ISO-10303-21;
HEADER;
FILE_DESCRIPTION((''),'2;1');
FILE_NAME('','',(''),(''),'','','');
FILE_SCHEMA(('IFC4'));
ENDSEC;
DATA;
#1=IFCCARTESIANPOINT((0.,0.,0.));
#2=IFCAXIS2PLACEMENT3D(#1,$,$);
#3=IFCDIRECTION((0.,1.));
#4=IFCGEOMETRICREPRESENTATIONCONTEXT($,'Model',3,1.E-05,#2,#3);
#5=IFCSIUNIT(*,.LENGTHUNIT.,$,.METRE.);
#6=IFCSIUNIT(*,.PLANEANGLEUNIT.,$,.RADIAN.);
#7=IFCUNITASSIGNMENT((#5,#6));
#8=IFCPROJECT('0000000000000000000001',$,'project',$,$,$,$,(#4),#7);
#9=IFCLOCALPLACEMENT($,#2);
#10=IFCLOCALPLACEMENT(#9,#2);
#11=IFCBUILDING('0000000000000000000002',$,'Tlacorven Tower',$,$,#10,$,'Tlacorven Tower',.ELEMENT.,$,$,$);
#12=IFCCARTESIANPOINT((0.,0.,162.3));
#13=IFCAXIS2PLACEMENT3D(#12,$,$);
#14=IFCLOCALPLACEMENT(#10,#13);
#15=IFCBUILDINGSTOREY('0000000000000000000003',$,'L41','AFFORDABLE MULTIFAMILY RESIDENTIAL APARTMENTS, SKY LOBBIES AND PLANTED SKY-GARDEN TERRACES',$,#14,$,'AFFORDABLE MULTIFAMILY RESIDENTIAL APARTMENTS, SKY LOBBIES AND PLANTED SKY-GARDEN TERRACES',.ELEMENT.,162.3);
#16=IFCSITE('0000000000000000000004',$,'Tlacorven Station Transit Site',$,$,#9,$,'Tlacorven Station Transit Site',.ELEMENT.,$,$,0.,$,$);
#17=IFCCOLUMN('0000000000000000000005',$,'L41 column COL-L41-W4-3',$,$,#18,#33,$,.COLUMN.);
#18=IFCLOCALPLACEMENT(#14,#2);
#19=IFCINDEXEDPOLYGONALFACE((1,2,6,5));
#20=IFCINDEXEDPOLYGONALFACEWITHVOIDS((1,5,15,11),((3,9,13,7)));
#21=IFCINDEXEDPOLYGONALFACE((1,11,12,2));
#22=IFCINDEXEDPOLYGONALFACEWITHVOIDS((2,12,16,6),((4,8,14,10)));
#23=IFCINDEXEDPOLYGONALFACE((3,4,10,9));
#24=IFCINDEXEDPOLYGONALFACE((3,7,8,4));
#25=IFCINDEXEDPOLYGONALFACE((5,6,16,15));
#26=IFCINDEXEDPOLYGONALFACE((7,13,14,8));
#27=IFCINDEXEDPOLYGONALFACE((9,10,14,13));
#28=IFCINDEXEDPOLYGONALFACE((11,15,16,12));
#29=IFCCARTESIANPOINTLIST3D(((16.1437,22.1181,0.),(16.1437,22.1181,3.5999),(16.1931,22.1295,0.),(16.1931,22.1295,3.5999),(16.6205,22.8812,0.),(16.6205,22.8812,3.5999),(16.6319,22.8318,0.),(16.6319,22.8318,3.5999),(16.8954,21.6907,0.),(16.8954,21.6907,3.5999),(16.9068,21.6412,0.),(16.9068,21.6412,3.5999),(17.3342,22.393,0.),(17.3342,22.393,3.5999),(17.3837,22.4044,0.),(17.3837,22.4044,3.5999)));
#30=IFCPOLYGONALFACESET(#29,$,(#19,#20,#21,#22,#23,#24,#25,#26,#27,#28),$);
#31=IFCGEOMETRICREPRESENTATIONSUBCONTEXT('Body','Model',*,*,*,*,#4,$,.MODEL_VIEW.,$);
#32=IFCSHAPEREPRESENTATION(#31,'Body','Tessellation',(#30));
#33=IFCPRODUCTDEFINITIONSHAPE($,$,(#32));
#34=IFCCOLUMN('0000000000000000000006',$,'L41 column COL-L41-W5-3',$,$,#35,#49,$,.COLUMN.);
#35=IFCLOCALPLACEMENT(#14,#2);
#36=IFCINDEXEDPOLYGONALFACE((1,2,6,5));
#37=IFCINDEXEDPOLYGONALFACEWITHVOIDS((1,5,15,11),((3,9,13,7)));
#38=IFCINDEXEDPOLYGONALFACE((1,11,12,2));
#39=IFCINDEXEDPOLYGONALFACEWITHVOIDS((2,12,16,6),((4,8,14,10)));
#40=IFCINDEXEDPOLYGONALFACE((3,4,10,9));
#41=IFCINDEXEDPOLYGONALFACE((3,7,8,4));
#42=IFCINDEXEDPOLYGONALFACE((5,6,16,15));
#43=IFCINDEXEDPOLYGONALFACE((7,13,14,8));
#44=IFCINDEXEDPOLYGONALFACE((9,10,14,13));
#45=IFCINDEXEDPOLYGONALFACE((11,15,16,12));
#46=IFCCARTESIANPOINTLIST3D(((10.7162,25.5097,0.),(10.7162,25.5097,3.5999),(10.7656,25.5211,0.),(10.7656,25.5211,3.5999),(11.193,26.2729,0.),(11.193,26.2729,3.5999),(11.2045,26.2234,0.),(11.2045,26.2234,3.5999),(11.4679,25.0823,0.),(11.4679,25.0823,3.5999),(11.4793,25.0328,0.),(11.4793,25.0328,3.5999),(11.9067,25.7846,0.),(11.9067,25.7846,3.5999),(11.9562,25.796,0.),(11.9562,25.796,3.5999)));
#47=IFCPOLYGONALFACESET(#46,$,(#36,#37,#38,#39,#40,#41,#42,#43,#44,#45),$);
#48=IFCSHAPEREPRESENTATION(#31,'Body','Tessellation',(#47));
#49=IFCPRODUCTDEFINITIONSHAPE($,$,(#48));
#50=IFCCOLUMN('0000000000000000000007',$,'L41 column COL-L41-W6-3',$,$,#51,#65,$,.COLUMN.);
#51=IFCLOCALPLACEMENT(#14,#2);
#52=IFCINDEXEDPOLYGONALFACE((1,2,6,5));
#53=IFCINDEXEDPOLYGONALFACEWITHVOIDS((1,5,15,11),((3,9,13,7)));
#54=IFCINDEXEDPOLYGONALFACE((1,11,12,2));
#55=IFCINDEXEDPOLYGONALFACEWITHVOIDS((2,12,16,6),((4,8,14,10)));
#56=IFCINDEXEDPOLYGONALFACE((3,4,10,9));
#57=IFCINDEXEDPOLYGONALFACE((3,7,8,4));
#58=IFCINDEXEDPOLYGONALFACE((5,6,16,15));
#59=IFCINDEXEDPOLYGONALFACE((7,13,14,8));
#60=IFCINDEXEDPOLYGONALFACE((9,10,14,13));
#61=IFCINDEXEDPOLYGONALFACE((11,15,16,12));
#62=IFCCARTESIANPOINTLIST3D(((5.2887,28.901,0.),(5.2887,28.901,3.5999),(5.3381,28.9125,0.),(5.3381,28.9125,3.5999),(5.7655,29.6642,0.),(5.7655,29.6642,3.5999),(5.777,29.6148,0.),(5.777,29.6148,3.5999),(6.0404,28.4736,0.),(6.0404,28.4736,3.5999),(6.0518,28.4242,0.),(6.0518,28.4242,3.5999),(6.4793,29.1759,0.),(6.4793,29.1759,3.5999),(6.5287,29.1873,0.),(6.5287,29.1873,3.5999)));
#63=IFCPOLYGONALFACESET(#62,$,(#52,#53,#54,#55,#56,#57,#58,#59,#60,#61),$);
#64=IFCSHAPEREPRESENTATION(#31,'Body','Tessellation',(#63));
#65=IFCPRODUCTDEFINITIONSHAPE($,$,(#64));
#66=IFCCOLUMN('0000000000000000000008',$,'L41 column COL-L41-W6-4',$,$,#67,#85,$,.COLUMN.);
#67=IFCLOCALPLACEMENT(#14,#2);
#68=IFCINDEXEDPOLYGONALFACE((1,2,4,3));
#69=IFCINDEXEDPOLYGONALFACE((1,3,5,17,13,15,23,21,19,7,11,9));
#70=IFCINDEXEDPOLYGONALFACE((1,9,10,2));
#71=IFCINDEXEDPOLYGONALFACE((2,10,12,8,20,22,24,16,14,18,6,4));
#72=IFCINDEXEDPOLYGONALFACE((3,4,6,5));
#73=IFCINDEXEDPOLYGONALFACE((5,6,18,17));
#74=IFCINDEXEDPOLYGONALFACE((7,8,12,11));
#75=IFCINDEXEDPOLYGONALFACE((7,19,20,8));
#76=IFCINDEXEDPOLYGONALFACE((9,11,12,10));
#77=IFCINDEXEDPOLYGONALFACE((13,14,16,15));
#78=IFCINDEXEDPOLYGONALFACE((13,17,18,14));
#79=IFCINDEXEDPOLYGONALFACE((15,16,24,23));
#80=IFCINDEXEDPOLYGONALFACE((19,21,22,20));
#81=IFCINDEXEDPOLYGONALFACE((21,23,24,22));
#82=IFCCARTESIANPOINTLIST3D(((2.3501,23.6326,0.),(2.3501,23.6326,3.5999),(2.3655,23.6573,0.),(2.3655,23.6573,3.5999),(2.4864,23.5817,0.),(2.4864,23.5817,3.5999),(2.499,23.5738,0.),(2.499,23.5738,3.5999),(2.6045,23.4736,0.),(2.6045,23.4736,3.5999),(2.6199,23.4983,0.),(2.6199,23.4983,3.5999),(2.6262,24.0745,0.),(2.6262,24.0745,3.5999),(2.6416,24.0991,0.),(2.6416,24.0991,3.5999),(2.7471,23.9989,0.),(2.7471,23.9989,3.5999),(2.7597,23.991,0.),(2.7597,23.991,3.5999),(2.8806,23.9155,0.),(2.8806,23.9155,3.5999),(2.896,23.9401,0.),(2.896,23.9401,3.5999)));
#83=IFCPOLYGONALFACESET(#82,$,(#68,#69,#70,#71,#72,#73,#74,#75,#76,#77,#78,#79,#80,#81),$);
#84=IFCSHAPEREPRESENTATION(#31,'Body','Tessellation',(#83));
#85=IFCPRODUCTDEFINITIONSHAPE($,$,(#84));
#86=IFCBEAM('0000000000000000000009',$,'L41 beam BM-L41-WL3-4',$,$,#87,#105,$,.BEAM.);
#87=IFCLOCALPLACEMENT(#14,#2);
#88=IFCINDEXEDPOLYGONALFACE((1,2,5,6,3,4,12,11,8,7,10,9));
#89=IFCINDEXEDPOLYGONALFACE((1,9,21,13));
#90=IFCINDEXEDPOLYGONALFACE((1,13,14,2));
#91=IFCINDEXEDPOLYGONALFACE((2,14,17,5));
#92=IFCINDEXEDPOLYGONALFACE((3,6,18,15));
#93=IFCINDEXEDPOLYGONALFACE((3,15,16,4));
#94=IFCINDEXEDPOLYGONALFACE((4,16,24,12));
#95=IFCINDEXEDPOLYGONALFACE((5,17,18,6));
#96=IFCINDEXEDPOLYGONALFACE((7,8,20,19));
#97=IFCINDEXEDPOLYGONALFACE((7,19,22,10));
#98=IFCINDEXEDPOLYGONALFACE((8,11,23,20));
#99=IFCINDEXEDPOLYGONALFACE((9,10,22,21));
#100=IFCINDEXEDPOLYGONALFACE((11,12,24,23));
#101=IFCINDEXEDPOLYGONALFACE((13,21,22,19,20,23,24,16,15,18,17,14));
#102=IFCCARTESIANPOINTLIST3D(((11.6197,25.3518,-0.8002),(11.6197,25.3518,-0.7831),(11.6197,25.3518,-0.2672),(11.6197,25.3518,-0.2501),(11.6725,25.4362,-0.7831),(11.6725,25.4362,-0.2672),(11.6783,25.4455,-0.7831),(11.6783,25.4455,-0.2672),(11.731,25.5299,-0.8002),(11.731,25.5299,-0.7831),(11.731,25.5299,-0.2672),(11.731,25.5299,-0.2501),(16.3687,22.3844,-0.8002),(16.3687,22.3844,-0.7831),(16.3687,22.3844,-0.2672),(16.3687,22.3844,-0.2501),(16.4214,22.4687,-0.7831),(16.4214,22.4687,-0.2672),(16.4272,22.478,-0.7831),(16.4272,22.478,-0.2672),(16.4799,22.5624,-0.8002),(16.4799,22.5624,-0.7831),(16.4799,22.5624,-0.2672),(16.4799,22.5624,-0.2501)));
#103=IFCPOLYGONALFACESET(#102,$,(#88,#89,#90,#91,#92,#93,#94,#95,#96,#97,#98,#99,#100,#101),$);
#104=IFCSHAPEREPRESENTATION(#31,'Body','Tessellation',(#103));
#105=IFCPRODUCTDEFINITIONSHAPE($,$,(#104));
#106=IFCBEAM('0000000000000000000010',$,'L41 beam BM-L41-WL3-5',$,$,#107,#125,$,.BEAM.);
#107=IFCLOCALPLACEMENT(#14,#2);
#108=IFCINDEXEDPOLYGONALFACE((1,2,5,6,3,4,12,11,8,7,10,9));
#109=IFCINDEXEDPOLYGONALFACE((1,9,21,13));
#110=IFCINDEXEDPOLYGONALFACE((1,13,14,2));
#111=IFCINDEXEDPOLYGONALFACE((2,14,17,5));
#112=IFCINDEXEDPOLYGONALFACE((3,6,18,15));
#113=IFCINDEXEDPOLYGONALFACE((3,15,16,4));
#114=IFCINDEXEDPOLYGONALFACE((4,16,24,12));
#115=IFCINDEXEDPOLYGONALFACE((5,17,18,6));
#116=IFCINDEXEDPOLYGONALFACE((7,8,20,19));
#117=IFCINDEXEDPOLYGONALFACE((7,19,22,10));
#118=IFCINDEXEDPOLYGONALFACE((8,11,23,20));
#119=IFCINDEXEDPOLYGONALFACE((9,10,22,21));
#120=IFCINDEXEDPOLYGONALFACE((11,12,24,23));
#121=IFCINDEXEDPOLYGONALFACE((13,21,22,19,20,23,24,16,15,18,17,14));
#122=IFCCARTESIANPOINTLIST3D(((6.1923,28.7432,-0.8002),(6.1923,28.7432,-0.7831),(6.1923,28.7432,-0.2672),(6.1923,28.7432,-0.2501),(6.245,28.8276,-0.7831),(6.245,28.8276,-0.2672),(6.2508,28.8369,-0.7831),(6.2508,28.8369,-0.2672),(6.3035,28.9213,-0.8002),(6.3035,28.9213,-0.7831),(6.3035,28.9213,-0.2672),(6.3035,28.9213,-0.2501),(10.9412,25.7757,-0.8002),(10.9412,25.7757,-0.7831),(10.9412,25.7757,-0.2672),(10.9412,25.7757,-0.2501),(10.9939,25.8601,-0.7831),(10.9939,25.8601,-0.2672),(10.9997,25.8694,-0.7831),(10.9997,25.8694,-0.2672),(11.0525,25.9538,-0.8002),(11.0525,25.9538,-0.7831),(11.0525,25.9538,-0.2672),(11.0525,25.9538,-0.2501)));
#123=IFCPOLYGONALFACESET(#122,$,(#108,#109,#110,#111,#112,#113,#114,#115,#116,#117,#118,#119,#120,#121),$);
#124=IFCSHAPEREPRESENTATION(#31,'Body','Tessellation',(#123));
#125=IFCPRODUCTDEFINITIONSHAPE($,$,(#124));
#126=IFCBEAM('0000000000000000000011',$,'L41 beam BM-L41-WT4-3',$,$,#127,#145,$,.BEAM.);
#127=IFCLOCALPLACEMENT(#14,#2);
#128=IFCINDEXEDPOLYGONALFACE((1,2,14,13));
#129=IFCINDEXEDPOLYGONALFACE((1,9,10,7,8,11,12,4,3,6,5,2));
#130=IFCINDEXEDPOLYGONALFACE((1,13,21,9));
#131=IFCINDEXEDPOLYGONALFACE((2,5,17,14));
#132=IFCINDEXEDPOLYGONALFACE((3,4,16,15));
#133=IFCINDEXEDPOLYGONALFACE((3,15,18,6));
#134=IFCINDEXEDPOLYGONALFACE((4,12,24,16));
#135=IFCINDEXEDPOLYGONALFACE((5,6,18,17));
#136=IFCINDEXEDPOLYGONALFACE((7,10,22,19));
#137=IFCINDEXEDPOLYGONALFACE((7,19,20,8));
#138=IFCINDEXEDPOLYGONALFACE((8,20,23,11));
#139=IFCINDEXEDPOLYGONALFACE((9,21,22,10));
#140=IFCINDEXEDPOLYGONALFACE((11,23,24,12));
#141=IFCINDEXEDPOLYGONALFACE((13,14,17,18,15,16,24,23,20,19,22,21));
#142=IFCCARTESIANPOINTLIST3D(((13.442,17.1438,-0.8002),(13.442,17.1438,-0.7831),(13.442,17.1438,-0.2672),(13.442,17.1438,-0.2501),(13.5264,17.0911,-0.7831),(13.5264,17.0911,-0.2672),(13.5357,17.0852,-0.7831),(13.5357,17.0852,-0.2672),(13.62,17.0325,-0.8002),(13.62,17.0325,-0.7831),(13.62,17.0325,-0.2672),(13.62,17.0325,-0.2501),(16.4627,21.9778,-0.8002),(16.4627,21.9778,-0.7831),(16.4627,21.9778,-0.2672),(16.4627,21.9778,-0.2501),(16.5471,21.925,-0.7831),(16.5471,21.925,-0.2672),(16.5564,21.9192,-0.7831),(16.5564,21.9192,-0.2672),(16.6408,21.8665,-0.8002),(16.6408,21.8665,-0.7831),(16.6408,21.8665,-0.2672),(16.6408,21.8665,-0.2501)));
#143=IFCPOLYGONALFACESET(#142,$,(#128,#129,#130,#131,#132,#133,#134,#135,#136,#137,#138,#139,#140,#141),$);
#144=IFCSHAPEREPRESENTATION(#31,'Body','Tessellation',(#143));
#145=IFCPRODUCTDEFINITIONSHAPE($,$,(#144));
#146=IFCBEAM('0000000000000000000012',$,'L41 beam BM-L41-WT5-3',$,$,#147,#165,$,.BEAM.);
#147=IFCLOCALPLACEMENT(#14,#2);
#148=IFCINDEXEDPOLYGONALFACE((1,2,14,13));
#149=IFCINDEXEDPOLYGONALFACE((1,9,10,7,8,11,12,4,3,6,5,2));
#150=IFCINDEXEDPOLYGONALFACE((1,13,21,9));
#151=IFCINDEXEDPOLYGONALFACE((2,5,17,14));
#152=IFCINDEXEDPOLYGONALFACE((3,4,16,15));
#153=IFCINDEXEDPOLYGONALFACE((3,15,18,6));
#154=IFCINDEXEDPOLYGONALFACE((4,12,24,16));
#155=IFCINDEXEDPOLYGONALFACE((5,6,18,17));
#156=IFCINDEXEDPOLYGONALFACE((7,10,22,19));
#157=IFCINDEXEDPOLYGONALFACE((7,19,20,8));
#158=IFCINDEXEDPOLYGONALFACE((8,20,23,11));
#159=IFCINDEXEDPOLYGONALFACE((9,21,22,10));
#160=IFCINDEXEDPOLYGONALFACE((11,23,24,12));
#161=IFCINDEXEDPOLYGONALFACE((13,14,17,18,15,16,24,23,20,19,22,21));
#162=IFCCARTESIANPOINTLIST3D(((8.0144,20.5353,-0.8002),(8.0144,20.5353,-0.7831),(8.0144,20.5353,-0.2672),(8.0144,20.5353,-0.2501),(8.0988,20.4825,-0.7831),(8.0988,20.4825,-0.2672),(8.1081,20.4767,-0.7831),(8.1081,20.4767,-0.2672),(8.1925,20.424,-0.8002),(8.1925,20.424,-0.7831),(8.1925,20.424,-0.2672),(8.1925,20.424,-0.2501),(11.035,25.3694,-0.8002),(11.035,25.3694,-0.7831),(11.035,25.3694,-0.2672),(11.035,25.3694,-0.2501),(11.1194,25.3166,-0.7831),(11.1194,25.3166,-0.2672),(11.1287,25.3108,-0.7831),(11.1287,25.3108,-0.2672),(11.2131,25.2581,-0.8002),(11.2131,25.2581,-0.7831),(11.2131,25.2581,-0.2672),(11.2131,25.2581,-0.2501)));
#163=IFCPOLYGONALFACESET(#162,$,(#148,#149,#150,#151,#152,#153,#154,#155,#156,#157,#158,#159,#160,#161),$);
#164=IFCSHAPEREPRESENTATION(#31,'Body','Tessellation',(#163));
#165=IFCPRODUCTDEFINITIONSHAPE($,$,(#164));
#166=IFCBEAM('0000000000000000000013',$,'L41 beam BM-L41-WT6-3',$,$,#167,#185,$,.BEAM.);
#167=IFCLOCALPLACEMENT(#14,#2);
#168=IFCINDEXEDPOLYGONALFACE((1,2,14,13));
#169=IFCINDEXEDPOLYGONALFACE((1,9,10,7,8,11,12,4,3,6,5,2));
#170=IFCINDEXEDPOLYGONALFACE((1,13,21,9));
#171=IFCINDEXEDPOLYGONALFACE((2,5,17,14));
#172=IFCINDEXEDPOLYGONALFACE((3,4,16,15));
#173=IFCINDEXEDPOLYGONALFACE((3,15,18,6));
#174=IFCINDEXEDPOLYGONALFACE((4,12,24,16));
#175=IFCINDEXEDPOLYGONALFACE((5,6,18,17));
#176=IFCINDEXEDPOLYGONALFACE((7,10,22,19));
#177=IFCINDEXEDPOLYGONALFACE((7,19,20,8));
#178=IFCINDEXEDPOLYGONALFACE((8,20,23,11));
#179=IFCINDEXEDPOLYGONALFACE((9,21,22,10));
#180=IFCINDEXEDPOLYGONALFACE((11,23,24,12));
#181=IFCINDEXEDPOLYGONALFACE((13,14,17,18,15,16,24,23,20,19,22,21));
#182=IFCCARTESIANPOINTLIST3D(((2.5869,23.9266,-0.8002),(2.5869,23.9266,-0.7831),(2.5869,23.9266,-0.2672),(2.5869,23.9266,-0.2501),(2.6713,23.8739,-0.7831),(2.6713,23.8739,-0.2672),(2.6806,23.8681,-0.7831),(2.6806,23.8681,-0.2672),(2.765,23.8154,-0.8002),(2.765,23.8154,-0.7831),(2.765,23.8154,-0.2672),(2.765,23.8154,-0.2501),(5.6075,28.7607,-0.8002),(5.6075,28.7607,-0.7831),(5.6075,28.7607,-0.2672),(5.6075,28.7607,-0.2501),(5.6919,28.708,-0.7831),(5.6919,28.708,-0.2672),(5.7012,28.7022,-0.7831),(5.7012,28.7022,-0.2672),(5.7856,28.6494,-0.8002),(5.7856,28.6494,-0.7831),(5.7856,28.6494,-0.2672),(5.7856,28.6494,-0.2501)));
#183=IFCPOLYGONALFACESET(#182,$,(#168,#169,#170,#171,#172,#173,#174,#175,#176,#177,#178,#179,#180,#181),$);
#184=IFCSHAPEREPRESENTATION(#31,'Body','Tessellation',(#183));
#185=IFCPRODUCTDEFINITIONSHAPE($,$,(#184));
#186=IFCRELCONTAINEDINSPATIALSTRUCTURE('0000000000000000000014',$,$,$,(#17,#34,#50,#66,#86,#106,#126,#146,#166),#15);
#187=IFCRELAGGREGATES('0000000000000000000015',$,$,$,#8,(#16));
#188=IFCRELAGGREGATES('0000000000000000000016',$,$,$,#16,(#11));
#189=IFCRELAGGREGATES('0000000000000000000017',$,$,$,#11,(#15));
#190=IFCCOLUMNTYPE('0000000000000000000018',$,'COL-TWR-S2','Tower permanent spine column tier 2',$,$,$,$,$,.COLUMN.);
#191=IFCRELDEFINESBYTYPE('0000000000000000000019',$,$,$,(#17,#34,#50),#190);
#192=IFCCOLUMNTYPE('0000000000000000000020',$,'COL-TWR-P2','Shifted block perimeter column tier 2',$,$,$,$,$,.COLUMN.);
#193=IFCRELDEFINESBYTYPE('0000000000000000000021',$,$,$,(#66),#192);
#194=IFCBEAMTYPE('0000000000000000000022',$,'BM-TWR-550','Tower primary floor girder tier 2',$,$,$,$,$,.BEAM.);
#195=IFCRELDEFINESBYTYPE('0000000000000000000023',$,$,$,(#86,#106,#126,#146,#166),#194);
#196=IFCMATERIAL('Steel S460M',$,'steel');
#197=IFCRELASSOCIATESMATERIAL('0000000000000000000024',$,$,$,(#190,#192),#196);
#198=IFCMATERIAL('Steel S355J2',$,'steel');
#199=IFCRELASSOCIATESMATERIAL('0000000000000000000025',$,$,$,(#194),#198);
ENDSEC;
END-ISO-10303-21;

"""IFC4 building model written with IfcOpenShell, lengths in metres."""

from ifc_helpers import new_model, si_unit, direction, frame, origin, origin_2d, place, context, subcontext, project, spatial, hollow_rectangle, i_section, extrude, source, transform, mapped, material, material_profile, profile_set, type_object, element, save


model = new_model("IFC4")

# Units and contexts
model_context = context("Model", 3, precision=1e-05, world=origin(), true_north=direction((0.0, 1.0)))
body_context = subcontext(model_context, "Body", "Model", "MODEL_VIEW")
ifc_project = project(units=[si_unit("LENGTHUNIT", "METRE"), si_unit("PLANEANGLEUNIT", "RADIAN")], contexts=[model_context])

# Site, building, storey
site_placement = place(None, origin())
site = spatial("IfcSite", under=ifc_project, at=site_placement, Name="Tlacorven Station Transit Site", LongName="Tlacorven Station Transit Site", CompositionType="ELEMENT", RefElevation=0.0)
building_placement = place(site_placement, origin())
building = spatial("IfcBuilding", under=site, at=building_placement, Name="Tlacorven Tower", LongName="Tlacorven Tower", CompositionType="ELEMENT")
storey_placement = place(building_placement, frame((0.0, 0.0, 162.3)))
storey = spatial("IfcBuildingStorey", under=building, at=storey_placement, Name="L41", Description="AFFORDABLE MULTIFAMILY RESIDENTIAL APARTMENTS, SKY LOBBIES AND PLANTED SKY-GARDEN TERRACES", LongName="AFFORDABLE MULTIFAMILY RESIDENTIAL APARTMENTS, SKY LOBBIES AND PLANTED SKY-GARDEN TERRACES", CompositionType="ELEMENT", Elevation=162.3)

# Columns
ifc_material_1 = material(Name="Steel S460M", Category="steel")
ifc_material_profile_1 = material_profile(ifc_material_1, hollow_rectangle(XDim=0.8999, YDim=0.8999, WallThickness=0.0359, at=origin_2d()), Name="BOX 900X900X36")
ifc_profile_set_1 = profile_set([ifc_material_profile_1], Name="Steel S460M")
column_type_1 = type_object("IfcColumnType", Name="COL-TWR-S2", Description="Tower permanent spine column tier 2", PredefinedType="COLUMN", material=ifc_profile_set_1)
shared_shape_1 = source(origin(), body_context, "Body", "SweptSolid", [
    extrude(hollow_rectangle(XDim=0.8999, YDim=0.8999, WallThickness=0.0359, at=origin_2d()), origin(), (0.0, 0.0, 1.0), 3.5999),
])
for number, where, z_axis, x_axis, name in (
    (1, (16.7637, 22.2612, 0.0), (0.0, 0.0, 1.0), (-0.848048, 0.529919, 0.0), "L41 column COL-L41-W4-3"),
    (2, (11.3362, 25.6528, 0.0), (0.0, 0.0, 1.0), (-0.848048, 0.529919, 0.0), "L41 column COL-L41-W5-3"),
    (3, (5.9087, 29.0442, 0.0), (0.0, 0.0, 1.0), (-0.848048, 0.529919, 0.0), "L41 column COL-L41-W6-3"),
):
    element("IfcColumn", number, at=place(storey_placement, frame(where, z_axis=z_axis, x_axis=x_axis)), inside=storey, type_object=column_type_1, Name=name, PredefinedType="COLUMN", context=body_context, shape_type="MappedRepresentation", body=[
        mapped(shared_shape_1, transform((0.0, 0.0, 0.0), scale=1.0)),
    ])
ifc_material_profile_2 = material_profile(ifc_material_1, i_section(OverallWidth=0.3, OverallDepth=0.55, WebThickness=0.0149, FlangeThickness=0.0291, at=origin_2d()), Name="HEB 550")
ifc_profile_set_2 = profile_set([ifc_material_profile_2], Name="Steel S460M")
column_type_2 = type_object("IfcColumnType", Name="COL-TWR-P2", Description="Shifted block perimeter column tier 2", PredefinedType="COLUMN", material=ifc_profile_set_2)
shared_shape_2 = source(origin(), body_context, "Body", "SweptSolid", [
    extrude(i_section(OverallWidth=0.3, OverallDepth=0.55, WebThickness=0.0149, FlangeThickness=0.0291, at=origin_2d()), origin(), (0.0, 0.0, 1.0), 3.5999),
])
column_placement = place(storey_placement, frame((2.623, 23.7864, 0.0), z_axis=(0.0, 0.0, 1.0), x_axis=(-0.848048, 0.529919, 0.0)))
element("IfcColumn", 4, at=column_placement, inside=storey, type_object=column_type_2, Name="L41 column COL-L41-W6-4", PredefinedType="COLUMN", context=body_context, shape_type="MappedRepresentation", body=[
    mapped(shared_shape_2, transform((0.0, 0.0, 0.0), scale=1.0)),
])

# Beams
ifc_material_2 = material(Name="Steel S355J2", Category="steel")
ifc_material_profile_3 = material_profile(ifc_material_2, i_section(OverallWidth=0.21, OverallDepth=0.55, WebThickness=0.011, FlangeThickness=0.0171, at=origin_2d()), Name="IPE 550")
ifc_profile_set_3 = profile_set([ifc_material_profile_3], Name="Steel S355J2")
beam_type_1 = type_object("IfcBeamType", Name="BM-TWR-550", Description="Tower primary floor girder tier 2", PredefinedType="BEAM", material=ifc_profile_set_3)
shared_shape_3 = source(origin(), body_context, "Body", "SweptSolid", [
    extrude(i_section(OverallWidth=0.21, OverallDepth=0.55, WebThickness=0.011, FlangeThickness=0.0171, at=origin_2d()), origin(), (0.0, 0.0, 1.0), 5.5999),
])
for number, where, z_axis, x_axis, name in (
    (5, (16.4243, 22.4734, -0.5251), (-0.848047, 0.529921, 0.0), (-0.529921, -0.848047, 0.0), "L41 beam BM-L41-WL3-4"),
    (6, (10.9968, 25.8647, -0.5251), (-0.848047, 0.529921, 0.0), (-0.529921, -0.848047, 0.0), "L41 beam BM-L41-WL3-5"),
):
    element("IfcBeam", number, at=place(storey_placement, frame(where, z_axis=z_axis, x_axis=x_axis)), inside=storey, type_object=beam_type_1, Name=name, PredefinedType="BEAM", context=body_context, shape_type="MappedRepresentation", body=[
        mapped(shared_shape_3, transform((0.0, 0.0, 0.0), scale=1.0)),
    ])
shared_shape_4 = source(origin(), body_context, "Body", "SweptSolid", [
    extrude(i_section(OverallWidth=0.21, OverallDepth=0.55, WebThickness=0.011, FlangeThickness=0.0171, at=origin_2d()), origin(), (0.0, 0.0, 1.0), 5.7002),
])
for number, where, z_axis, x_axis, name in (
    (7, (16.5518, 21.9221, -0.5251), (-0.529937, -0.848037, 0.0), (0.848037, -0.529937, 0.0), "L41 beam BM-L41-WT4-3"),
    (8, (11.124, 25.3137, -0.5251), (-0.529907, -0.848056, 0.0), (0.848056, -0.529907, 0.0), "L41 beam BM-L41-WT5-3"),
    (9, (5.6965, 28.7051, -0.5251), (-0.529907, -0.848056, 0.0), (0.848056, -0.529907, 0.0), "L41 beam BM-L41-WT6-3"),
):
    element("IfcBeam", number, at=place(storey_placement, frame(where, z_axis=z_axis, x_axis=x_axis)), inside=storey, type_object=beam_type_1, Name=name, PredefinedType="BEAM", context=body_context, shape_type="MappedRepresentation", body=[
        mapped(shared_shape_4, transform((0.0, 0.0, 0.0), scale=1.0)),
    ])

save(model, "model.ifc")
